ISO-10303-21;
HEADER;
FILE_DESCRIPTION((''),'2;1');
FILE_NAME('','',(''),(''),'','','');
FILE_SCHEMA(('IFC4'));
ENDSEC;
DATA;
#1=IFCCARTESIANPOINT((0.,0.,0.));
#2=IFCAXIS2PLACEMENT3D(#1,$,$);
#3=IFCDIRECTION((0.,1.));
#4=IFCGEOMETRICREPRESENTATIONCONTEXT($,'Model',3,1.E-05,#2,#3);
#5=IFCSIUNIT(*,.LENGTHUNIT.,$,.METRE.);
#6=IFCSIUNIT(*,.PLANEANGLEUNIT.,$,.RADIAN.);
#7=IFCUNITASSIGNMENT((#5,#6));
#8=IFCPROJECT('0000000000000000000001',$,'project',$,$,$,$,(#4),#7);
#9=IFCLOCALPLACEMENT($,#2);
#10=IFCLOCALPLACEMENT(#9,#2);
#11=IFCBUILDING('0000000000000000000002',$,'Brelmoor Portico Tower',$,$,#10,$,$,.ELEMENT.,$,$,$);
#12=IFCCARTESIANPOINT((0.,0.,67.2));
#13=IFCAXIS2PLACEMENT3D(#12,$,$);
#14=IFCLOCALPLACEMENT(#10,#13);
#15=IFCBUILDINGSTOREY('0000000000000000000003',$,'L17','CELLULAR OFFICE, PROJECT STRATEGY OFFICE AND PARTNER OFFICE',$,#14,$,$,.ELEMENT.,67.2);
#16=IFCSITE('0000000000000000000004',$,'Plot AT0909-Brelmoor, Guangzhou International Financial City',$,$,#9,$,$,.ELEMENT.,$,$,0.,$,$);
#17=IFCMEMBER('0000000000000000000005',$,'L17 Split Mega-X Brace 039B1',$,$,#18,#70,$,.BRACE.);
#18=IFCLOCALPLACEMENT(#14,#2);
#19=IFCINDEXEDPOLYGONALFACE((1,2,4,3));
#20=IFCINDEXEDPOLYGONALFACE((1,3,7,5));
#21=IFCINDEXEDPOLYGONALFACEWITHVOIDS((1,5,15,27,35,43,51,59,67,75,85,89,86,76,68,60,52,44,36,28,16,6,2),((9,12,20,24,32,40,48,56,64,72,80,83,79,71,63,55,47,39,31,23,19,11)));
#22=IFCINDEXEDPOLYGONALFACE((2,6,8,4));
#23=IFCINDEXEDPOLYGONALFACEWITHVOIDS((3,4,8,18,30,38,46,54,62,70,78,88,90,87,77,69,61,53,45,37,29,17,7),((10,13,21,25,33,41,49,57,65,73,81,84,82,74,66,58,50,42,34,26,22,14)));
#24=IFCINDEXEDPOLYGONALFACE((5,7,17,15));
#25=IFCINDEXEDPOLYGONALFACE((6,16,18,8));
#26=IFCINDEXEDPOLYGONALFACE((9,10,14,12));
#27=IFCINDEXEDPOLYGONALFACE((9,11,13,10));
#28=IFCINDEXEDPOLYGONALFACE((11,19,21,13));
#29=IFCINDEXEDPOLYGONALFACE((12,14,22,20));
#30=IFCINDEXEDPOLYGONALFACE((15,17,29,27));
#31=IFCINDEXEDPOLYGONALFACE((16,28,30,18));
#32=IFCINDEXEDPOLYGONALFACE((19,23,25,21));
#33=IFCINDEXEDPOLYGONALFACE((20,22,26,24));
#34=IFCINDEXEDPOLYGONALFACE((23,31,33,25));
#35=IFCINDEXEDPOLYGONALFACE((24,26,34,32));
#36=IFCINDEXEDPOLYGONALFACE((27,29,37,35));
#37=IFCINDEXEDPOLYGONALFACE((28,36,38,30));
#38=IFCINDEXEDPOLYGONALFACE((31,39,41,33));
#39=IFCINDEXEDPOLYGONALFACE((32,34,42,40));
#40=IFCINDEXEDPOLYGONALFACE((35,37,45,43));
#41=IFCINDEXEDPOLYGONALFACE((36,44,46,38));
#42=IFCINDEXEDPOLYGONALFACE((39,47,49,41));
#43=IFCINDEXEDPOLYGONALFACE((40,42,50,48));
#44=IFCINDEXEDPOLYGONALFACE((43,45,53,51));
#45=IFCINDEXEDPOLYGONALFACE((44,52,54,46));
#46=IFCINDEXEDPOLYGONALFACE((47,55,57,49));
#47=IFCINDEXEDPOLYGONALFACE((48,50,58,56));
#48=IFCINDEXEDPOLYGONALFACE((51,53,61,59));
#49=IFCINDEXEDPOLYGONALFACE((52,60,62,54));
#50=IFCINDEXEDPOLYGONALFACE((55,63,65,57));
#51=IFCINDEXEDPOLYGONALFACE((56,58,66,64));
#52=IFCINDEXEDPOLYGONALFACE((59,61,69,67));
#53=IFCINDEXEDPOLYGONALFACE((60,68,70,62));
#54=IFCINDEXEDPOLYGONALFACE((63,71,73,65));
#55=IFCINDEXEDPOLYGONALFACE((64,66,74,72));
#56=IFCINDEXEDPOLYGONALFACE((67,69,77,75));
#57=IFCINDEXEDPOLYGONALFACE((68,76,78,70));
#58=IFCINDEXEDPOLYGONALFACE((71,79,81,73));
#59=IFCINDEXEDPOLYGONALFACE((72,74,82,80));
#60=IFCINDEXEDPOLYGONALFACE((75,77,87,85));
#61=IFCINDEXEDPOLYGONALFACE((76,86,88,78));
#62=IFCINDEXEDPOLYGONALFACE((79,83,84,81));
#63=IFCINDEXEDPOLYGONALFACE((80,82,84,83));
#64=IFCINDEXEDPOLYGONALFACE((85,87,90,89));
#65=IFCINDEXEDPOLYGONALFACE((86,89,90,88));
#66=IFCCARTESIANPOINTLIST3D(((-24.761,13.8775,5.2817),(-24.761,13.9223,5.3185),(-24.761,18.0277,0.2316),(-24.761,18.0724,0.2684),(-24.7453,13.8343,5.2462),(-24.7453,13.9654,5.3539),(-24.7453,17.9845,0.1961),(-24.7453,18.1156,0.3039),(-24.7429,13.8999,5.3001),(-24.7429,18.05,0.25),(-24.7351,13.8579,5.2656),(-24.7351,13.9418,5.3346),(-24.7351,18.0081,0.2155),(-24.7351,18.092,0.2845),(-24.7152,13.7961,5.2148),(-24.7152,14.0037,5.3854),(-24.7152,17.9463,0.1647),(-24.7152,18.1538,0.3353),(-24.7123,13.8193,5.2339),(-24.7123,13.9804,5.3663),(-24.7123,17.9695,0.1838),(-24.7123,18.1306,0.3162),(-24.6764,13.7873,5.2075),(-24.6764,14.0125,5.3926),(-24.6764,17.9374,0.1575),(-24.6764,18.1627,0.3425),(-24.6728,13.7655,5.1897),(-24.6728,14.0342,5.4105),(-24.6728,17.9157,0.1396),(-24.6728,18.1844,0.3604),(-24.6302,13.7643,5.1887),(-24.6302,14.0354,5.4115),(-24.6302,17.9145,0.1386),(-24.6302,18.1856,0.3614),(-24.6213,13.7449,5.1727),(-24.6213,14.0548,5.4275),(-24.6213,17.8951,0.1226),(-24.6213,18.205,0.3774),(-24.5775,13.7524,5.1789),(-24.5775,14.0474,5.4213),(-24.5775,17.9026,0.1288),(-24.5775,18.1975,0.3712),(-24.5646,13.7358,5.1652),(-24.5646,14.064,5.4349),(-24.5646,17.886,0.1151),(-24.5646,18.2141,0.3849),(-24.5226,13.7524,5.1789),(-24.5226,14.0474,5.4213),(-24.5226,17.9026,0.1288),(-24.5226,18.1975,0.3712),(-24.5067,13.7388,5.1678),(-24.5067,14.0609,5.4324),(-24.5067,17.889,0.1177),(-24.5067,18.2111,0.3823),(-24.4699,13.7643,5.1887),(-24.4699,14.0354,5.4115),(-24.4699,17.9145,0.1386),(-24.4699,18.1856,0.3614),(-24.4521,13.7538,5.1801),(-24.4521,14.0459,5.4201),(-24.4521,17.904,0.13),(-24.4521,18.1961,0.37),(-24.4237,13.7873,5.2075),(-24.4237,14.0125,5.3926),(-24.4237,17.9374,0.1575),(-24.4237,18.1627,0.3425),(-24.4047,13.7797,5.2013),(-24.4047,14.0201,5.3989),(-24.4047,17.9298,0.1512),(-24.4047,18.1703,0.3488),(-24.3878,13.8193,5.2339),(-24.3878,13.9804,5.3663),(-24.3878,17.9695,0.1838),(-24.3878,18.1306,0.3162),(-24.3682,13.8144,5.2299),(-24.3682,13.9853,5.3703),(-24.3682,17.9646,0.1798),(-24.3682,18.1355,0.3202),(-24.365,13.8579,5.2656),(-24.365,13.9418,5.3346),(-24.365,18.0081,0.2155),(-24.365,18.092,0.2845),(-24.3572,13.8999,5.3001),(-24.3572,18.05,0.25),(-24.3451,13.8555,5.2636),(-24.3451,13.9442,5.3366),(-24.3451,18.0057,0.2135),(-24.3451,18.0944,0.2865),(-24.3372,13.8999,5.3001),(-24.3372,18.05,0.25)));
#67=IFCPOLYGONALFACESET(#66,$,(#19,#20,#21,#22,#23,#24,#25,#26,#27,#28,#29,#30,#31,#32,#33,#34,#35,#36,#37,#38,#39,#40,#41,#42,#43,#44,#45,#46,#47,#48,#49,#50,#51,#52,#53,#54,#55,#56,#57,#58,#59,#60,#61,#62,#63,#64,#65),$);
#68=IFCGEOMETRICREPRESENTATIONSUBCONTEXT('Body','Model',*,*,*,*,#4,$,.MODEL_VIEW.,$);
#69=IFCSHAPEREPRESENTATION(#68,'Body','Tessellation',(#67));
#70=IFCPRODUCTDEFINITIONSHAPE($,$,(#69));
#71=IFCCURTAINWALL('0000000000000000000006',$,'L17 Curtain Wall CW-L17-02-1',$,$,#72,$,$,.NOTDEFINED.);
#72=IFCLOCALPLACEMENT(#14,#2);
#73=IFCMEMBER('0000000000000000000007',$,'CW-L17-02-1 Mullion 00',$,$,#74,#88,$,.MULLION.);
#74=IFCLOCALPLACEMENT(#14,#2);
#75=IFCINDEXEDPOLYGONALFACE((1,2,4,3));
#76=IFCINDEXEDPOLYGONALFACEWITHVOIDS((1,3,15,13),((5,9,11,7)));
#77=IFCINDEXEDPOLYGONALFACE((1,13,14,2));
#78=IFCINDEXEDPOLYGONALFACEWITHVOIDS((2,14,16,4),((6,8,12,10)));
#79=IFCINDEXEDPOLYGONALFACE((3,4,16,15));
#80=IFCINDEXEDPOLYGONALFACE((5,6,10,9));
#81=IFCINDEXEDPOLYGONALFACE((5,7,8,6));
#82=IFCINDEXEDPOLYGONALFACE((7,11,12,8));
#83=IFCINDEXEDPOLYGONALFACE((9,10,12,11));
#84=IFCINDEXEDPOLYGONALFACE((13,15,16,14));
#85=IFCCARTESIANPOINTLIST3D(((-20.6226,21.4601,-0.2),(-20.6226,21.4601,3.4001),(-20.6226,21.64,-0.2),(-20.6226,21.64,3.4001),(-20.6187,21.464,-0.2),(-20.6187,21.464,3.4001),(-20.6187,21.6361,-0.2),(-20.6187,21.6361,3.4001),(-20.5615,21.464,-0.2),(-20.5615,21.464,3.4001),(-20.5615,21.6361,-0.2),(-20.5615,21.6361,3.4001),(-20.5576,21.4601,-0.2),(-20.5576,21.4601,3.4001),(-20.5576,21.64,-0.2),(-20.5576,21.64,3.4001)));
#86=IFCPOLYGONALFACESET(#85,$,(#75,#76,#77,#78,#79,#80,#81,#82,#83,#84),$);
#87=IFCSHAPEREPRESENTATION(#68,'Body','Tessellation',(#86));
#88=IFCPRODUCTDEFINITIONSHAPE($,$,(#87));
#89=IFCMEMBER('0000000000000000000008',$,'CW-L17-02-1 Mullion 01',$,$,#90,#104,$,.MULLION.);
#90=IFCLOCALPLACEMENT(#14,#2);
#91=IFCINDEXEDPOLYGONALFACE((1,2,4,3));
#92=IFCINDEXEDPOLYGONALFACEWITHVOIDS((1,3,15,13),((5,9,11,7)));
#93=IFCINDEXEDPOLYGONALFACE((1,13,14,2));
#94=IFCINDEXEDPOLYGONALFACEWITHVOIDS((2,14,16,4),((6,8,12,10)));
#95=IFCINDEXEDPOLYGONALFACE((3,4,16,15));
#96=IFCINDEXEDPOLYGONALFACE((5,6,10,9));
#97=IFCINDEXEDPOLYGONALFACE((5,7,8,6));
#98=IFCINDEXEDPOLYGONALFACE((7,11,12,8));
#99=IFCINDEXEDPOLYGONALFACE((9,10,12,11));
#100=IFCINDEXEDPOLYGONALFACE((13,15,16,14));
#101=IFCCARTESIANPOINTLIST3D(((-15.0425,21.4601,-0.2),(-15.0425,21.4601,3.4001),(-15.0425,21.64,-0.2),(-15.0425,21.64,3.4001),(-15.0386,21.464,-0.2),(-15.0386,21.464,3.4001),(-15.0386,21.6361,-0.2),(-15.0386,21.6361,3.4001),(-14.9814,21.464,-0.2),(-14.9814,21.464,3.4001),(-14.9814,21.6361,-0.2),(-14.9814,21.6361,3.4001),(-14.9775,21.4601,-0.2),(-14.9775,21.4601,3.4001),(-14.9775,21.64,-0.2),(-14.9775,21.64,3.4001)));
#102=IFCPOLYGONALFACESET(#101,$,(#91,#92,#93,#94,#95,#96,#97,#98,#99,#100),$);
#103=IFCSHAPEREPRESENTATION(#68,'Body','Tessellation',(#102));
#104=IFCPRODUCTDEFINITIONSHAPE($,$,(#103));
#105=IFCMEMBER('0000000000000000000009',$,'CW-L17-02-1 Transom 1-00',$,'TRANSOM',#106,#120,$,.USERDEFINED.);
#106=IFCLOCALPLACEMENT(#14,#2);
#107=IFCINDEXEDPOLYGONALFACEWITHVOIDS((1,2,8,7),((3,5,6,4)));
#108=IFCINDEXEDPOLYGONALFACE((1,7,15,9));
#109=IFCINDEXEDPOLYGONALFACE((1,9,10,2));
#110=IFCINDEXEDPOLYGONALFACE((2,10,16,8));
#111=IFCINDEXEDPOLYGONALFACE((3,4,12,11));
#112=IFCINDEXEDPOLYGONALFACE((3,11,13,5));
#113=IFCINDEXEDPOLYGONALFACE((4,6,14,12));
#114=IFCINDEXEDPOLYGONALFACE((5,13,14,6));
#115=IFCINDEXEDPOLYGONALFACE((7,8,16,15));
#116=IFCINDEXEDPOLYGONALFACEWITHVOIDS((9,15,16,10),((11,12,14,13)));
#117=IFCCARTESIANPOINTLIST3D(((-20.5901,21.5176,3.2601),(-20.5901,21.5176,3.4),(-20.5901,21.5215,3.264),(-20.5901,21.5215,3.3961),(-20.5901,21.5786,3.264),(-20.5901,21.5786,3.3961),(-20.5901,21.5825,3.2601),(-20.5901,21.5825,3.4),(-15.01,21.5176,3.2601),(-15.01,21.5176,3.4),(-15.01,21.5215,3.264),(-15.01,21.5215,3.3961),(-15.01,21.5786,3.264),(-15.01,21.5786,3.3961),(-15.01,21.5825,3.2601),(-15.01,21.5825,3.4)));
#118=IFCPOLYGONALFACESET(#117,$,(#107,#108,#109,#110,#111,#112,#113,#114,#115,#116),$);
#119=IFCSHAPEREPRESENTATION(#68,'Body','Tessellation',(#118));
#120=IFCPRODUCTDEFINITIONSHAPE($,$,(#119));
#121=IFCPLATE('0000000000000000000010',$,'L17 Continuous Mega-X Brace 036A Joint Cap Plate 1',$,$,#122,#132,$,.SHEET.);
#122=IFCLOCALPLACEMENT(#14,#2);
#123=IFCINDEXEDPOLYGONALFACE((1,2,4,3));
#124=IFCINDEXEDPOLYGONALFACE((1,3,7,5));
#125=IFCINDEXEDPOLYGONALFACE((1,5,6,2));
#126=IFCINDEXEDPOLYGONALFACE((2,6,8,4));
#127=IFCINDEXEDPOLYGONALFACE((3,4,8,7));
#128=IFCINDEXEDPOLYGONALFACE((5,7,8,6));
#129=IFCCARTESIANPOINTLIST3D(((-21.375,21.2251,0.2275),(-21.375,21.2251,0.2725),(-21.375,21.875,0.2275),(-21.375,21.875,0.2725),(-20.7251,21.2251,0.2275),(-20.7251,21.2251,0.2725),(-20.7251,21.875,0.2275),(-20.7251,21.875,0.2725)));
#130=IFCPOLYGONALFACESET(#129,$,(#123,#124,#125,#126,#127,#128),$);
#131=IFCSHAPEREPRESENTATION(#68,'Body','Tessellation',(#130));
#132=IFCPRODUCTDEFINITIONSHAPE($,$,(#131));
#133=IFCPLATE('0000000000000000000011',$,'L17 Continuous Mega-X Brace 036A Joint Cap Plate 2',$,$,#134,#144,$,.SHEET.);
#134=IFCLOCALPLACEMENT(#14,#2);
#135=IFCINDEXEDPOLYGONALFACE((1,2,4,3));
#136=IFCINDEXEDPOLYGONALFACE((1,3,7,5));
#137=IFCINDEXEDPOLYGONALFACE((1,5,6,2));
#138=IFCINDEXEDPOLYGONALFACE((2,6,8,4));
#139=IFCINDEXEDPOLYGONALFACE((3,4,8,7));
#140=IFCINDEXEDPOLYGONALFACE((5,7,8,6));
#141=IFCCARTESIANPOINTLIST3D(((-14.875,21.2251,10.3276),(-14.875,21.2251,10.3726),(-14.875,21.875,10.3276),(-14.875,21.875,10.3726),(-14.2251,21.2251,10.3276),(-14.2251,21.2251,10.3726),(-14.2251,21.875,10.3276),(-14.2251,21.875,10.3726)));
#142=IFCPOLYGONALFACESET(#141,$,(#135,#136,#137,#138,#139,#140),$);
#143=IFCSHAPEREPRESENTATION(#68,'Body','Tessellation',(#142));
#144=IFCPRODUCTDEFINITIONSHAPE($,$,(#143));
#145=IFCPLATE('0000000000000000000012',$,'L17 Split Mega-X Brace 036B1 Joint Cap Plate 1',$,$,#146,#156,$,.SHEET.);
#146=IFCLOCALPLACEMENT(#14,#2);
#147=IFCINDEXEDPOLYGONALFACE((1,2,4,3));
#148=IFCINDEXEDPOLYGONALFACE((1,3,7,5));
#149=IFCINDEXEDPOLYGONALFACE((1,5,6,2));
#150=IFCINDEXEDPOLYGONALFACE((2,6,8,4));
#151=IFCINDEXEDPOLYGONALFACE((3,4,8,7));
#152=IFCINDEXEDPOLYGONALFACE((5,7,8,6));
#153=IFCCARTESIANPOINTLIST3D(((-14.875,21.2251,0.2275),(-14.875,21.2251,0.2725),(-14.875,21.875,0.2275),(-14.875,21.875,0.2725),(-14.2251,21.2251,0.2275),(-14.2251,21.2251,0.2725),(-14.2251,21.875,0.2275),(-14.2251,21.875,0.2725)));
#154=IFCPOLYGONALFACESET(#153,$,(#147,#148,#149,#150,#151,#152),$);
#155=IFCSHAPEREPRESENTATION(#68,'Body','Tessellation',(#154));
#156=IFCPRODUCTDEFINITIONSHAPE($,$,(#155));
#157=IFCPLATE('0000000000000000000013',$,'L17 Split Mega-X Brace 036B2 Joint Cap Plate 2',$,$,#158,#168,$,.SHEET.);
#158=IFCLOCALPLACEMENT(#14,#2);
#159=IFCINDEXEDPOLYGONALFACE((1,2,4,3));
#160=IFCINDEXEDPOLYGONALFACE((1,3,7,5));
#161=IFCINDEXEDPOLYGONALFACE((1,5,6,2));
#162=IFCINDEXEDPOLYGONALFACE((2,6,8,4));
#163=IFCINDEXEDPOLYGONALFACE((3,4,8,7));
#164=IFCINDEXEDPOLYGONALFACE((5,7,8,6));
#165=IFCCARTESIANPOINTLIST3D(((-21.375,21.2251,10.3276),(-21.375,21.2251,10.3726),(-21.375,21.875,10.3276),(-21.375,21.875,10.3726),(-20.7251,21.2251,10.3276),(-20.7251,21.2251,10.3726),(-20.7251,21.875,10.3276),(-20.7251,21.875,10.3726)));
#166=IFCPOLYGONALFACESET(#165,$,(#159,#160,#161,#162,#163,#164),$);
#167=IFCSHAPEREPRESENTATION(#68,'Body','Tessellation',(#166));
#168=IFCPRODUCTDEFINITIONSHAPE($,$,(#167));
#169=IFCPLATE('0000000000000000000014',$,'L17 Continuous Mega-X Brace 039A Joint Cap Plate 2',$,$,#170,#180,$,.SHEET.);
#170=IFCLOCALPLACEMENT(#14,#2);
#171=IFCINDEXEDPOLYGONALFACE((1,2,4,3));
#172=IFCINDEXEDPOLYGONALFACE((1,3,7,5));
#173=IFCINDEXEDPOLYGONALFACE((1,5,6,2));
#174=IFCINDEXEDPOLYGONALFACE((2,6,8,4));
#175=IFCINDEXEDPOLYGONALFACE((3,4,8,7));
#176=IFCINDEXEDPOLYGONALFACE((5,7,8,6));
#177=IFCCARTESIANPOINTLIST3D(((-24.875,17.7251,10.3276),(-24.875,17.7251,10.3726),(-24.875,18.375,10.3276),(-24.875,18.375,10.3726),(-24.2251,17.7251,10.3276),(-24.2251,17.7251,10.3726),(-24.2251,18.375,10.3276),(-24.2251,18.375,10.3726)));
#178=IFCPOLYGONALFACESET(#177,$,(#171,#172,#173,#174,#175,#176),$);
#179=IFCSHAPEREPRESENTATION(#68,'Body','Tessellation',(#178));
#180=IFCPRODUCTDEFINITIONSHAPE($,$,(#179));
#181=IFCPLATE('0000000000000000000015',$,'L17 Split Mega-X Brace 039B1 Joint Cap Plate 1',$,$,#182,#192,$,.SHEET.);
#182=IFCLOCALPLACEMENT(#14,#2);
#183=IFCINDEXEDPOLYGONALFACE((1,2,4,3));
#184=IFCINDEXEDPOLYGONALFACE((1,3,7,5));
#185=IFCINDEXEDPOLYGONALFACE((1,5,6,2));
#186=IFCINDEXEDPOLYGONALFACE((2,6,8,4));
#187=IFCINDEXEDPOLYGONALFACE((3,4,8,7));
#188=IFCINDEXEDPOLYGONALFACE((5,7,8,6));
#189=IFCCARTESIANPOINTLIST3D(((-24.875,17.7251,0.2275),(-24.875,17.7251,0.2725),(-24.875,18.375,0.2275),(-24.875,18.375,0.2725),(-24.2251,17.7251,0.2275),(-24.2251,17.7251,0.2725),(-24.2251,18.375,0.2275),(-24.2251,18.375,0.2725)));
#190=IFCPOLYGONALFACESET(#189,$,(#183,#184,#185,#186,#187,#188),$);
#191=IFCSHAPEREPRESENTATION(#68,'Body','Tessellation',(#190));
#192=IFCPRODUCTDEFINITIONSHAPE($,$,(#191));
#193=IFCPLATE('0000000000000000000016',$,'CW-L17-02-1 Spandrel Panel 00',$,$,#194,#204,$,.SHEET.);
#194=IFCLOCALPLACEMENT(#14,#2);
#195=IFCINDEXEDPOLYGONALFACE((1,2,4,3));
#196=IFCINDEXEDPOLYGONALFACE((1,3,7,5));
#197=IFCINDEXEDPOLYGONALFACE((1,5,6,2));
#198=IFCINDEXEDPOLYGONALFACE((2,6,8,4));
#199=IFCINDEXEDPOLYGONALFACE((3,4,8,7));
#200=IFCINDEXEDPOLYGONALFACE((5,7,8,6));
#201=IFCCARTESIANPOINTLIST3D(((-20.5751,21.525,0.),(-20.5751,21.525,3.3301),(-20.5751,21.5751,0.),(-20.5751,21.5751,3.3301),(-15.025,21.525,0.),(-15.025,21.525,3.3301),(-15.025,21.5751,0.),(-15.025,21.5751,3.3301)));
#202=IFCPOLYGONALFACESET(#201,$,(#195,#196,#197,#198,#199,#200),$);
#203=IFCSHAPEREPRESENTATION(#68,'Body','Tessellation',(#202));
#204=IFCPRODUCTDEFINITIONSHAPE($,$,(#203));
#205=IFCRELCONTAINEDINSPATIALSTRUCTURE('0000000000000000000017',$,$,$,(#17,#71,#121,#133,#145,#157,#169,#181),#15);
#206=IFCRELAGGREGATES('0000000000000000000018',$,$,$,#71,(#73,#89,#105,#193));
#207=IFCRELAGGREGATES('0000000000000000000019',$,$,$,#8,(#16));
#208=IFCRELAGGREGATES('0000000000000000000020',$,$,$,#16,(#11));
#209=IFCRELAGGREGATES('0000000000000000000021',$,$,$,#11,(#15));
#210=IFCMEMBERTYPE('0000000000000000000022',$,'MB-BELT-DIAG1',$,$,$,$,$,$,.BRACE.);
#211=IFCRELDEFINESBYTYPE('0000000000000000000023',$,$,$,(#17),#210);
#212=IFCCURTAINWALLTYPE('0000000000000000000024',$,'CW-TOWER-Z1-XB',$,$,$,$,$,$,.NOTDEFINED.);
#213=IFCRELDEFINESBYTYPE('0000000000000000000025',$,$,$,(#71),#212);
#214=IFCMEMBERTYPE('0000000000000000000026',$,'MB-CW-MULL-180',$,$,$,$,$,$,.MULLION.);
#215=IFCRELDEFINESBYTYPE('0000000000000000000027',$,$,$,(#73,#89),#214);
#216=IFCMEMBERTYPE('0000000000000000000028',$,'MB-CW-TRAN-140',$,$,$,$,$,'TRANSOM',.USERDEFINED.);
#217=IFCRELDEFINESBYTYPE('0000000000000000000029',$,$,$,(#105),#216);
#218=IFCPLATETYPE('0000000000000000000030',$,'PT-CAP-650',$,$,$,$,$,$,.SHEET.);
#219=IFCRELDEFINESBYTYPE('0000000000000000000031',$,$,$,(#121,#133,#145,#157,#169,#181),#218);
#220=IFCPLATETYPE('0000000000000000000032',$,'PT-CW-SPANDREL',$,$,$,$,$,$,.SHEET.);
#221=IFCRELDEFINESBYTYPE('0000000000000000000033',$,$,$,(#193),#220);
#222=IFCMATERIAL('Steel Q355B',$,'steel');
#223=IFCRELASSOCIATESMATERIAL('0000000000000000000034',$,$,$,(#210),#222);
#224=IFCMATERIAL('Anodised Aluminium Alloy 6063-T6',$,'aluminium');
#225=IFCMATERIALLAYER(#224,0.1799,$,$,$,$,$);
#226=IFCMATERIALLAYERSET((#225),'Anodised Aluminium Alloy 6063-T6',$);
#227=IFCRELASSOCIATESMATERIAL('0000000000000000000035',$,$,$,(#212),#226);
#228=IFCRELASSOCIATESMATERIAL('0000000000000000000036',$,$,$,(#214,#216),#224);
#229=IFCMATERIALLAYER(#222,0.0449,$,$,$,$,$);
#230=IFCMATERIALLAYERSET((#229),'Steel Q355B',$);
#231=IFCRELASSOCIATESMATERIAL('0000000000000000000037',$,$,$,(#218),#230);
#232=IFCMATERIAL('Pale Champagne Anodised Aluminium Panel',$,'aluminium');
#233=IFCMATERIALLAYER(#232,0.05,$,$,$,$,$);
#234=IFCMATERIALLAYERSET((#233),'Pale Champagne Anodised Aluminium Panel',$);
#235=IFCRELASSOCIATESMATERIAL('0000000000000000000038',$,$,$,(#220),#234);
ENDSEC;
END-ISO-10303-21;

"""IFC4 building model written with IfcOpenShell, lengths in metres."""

from ifc_helpers import new_model, si_unit, direction, frame, origin, origin_2d, place, context, subcontext, project, spatial, rectangle, hollow_rectangle, hollow_circle, extrude, material, layer, layer_set, material_profile, profile_set, type_object, element, aggregate, save


model = new_model("IFC4")

# Units and contexts
model_context = context("Model", 3, precision=1e-05, world=origin(), true_north=direction((0.0, 1.0)))
body_context = subcontext(model_context, "Body", "Model", "MODEL_VIEW")
ifc_project = project(units=[si_unit("LENGTHUNIT", "METRE"), si_unit("PLANEANGLEUNIT", "RADIAN")], contexts=[model_context])

# Site, building, storey
site_placement = place(None, origin())
site = spatial("IfcSite", under=ifc_project, at=site_placement, Name="Plot AT0909-Brelmoor, Guangzhou International Financial City", CompositionType="ELEMENT", RefElevation=0.0)
building_placement = place(site_placement, origin())
building = spatial("IfcBuilding", under=site, at=building_placement, Name="Brelmoor Portico Tower", CompositionType="ELEMENT")
storey_placement = place(building_placement, frame((0.0, 0.0, 67.2)))
storey = spatial("IfcBuildingStorey", under=building, at=storey_placement, Name="L17", Description="CELLULAR OFFICE, PROJECT STRATEGY OFFICE AND PARTNER OFFICE", CompositionType="ELEMENT", Elevation=67.2)

# Shared definitions
ifc_material_1 = material(Name="Steel Q355B", Category="steel")

# Member
ifc_material_profile_1 = material_profile(ifc_material_1, hollow_circle(Radius=0.2129, WallThickness=0.02, at=origin_2d()), Name="CHS 426x20")
ifc_profile_set_1 = profile_set([ifc_material_profile_1], Name="Steel Q355B")
member_type_1 = type_object("IfcMemberType", Name="MB-BELT-DIAG1", PredefinedType="BRACE", material=ifc_profile_set_1)
member_1_placement = place(storey_placement, frame((-24.55, 18.05, 0.25), z_axis=(0.0, -0.634912, 0.772584), x_axis=(1.0, 0.0, 0.0)))
element("IfcMember", 1, at=member_1_placement, inside=storey, type_object=member_type_1, Name="L17 Split Mega-X Brace 039B1", PredefinedType="BRACE", context=body_context, shape_type="SweptSolid", body=[
    extrude(hollow_circle(Radius=0.2129, WallThickness=0.02, at=origin_2d()), origin(), (0.0, 0.0, 1.0), 6.5366),
])

# Curtain wall, members
ifc_material_2 = material(Name="Anodised Aluminium Alloy 6063-T6", Category="aluminium")
ifc_layer_1 = layer(ifc_material_2, 0.1799)
ifc_layer_set_1 = layer_set([ifc_layer_1], Name="Anodised Aluminium Alloy 6063-T6")
curtain_wall_type = type_object("IfcCurtainWallType", Name="CW-TOWER-Z1-XB", PredefinedType="NOTDEFINED", material=ifc_layer_set_1)
curtain_wall_placement = place(storey_placement, origin())
curtain_wall = element("IfcCurtainWall", 2, at=curtain_wall_placement, inside=storey, type_object=curtain_wall_type, Name="L17 Curtain Wall CW-L17-02-1", PredefinedType="NOTDEFINED")
ifc_material_profile_2 = material_profile(ifc_material_2, hollow_rectangle(XDim=0.0649, YDim=0.1799, WallThickness=0.0039, at=origin_2d()), Name="ALU MULLION 65x180")
ifc_profile_set_2 = profile_set([ifc_material_profile_2], Name="Anodised Aluminium Alloy 6063-T6")
member_type_2 = type_object("IfcMemberType", Name="MB-CW-MULL-180", PredefinedType="MULLION", material=ifc_profile_set_2)
member_2_placement = place(storey_placement, frame((-20.5901, 21.55, -0.2), z_axis=(0.0, 0.0, 1.0), x_axis=(1.0, 0.0, 0.0)))
member_2 = element("IfcMember", 3, at=member_2_placement, type_object=member_type_2, Name="CW-L17-02-1 Mullion 00", PredefinedType="MULLION", context=body_context, shape_type="SweptSolid", body=[
    extrude(hollow_rectangle(XDim=0.0649, YDim=0.1799, WallThickness=0.0039, at=origin_2d()), origin(), (0.0, 0.0, 1.0), 3.6001),
])
member_3_placement = place(storey_placement, frame((-15.01, 21.55, -0.2), z_axis=(0.0, 0.0, 1.0), x_axis=(1.0, 0.0, 0.0)))
member_3 = element("IfcMember", 4, at=member_3_placement, type_object=member_type_2, Name="CW-L17-02-1 Mullion 01", PredefinedType="MULLION", context=body_context, shape_type="SweptSolid", body=[
    extrude(hollow_rectangle(XDim=0.0649, YDim=0.1799, WallThickness=0.0039, at=origin_2d()), origin(), (0.0, 0.0, 1.0), 3.6001),
])
ifc_material_profile_3 = material_profile(ifc_material_2, hollow_rectangle(XDim=0.0649, YDim=0.1399, WallThickness=0.0039, at=origin_2d()), Name="ALU TRANSOM 65x140")
ifc_profile_set_3 = profile_set([ifc_material_profile_3], Name="Anodised Aluminium Alloy 6063-T6")
member_type_3 = type_object("IfcMemberType", Name="MB-CW-TRAN-140", ElementType="TRANSOM", PredefinedType="USERDEFINED", material=ifc_profile_set_3)
member_4_placement = place(storey_placement, frame((-20.5901, 21.55, 3.3301), z_axis=(1.0, 0.0, 0.0), x_axis=(0.0, 1.0, 0.0)))
member_4 = element("IfcMember", 5, at=member_4_placement, type_object=member_type_3, Name="CW-L17-02-1 Transom 1-00", ObjectType="TRANSOM", PredefinedType="USERDEFINED", context=body_context, shape_type="SweptSolid", body=[
    extrude(hollow_rectangle(XDim=0.0649, YDim=0.1399, WallThickness=0.0039, at=origin_2d()), origin(), (0.0, 0.0, 1.0), 5.5801),
])

# Plates
ifc_layer_2 = layer(ifc_material_1, 0.0449)
ifc_layer_set_2 = layer_set([ifc_layer_2], Name="Steel Q355B")
plate_type_1 = type_object("IfcPlateType", Name="PT-CAP-650", PredefinedType="SHEET", material=ifc_layer_set_2)
for number, where, z_axis, x_axis, name in (
    (6, (-21.05, 21.55, 0.2275), (0.0, 0.0, 1.0), (1.0, 0.0, 0.0), "L17 Continuous Mega-X Brace 036A Joint Cap Plate 1"),
    (7, (-14.55, 21.55, 10.3276), (0.0, 0.0, 1.0), (1.0, 0.0, 0.0), "L17 Continuous Mega-X Brace 036A Joint Cap Plate 2"),
    (8, (-14.55, 21.55, 0.2275), (0.0, 0.0, 1.0), (1.0, 0.0, 0.0), "L17 Split Mega-X Brace 036B1 Joint Cap Plate 1"),
    (9, (-21.05, 21.55, 10.3276), (0.0, 0.0, 1.0), (1.0, 0.0, 0.0), "L17 Split Mega-X Brace 036B2 Joint Cap Plate 2"),
    (10, (-24.55, 18.05, 10.3276), (0.0, 0.0, 1.0), (1.0, 0.0, 0.0), "L17 Continuous Mega-X Brace 039A Joint Cap Plate 2"),
    (11, (-24.55, 18.05, 0.2275), (0.0, 0.0, 1.0), (1.0, 0.0, 0.0), "L17 Split Mega-X Brace 039B1 Joint Cap Plate 1"),
):
    element("IfcPlate", number, at=place(storey_placement, frame(where, z_axis=z_axis, x_axis=x_axis)), inside=storey, type_object=plate_type_1, Name=name, PredefinedType="SHEET", context=body_context, shape_type="SweptSolid", body=[
        extrude(rectangle(XDim=0.6499, YDim=0.6499, at=origin_2d()), origin(), (0.0, 0.0, 1.0), 0.0449),
    ])

# Plate
ifc_material_3 = material(Name="Pale Champagne Anodised Aluminium Panel", Category="aluminium")
ifc_layer_3 = layer(ifc_material_3, 0.05)
ifc_layer_set_3 = layer_set([ifc_layer_3], Name="Pale Champagne Anodised Aluminium Panel")
plate_type_2 = type_object("IfcPlateType", Name="PT-CW-SPANDREL", PredefinedType="SHEET", material=ifc_layer_set_3)
plate_1_placement = place(storey_placement, frame((-17.8, 21.55, 0.0), z_axis=(0.0, 0.0, 1.0), x_axis=(1.0, 0.0, 0.0)))
plate_1 = element("IfcPlate", 12, at=plate_1_placement, type_object=plate_type_2, Name="CW-L17-02-1 Spandrel Panel 00", PredefinedType="SHEET", context=body_context, shape_type="SweptSolid", body=[
    extrude(rectangle(XDim=5.55, YDim=0.05, at=origin_2d()), origin(), (0.0, 0.0, 1.0), 3.3301),
])
aggregate(curtain_wall, [member_2, member_3, member_4, plate_1])

save(model, "model.ifc")
